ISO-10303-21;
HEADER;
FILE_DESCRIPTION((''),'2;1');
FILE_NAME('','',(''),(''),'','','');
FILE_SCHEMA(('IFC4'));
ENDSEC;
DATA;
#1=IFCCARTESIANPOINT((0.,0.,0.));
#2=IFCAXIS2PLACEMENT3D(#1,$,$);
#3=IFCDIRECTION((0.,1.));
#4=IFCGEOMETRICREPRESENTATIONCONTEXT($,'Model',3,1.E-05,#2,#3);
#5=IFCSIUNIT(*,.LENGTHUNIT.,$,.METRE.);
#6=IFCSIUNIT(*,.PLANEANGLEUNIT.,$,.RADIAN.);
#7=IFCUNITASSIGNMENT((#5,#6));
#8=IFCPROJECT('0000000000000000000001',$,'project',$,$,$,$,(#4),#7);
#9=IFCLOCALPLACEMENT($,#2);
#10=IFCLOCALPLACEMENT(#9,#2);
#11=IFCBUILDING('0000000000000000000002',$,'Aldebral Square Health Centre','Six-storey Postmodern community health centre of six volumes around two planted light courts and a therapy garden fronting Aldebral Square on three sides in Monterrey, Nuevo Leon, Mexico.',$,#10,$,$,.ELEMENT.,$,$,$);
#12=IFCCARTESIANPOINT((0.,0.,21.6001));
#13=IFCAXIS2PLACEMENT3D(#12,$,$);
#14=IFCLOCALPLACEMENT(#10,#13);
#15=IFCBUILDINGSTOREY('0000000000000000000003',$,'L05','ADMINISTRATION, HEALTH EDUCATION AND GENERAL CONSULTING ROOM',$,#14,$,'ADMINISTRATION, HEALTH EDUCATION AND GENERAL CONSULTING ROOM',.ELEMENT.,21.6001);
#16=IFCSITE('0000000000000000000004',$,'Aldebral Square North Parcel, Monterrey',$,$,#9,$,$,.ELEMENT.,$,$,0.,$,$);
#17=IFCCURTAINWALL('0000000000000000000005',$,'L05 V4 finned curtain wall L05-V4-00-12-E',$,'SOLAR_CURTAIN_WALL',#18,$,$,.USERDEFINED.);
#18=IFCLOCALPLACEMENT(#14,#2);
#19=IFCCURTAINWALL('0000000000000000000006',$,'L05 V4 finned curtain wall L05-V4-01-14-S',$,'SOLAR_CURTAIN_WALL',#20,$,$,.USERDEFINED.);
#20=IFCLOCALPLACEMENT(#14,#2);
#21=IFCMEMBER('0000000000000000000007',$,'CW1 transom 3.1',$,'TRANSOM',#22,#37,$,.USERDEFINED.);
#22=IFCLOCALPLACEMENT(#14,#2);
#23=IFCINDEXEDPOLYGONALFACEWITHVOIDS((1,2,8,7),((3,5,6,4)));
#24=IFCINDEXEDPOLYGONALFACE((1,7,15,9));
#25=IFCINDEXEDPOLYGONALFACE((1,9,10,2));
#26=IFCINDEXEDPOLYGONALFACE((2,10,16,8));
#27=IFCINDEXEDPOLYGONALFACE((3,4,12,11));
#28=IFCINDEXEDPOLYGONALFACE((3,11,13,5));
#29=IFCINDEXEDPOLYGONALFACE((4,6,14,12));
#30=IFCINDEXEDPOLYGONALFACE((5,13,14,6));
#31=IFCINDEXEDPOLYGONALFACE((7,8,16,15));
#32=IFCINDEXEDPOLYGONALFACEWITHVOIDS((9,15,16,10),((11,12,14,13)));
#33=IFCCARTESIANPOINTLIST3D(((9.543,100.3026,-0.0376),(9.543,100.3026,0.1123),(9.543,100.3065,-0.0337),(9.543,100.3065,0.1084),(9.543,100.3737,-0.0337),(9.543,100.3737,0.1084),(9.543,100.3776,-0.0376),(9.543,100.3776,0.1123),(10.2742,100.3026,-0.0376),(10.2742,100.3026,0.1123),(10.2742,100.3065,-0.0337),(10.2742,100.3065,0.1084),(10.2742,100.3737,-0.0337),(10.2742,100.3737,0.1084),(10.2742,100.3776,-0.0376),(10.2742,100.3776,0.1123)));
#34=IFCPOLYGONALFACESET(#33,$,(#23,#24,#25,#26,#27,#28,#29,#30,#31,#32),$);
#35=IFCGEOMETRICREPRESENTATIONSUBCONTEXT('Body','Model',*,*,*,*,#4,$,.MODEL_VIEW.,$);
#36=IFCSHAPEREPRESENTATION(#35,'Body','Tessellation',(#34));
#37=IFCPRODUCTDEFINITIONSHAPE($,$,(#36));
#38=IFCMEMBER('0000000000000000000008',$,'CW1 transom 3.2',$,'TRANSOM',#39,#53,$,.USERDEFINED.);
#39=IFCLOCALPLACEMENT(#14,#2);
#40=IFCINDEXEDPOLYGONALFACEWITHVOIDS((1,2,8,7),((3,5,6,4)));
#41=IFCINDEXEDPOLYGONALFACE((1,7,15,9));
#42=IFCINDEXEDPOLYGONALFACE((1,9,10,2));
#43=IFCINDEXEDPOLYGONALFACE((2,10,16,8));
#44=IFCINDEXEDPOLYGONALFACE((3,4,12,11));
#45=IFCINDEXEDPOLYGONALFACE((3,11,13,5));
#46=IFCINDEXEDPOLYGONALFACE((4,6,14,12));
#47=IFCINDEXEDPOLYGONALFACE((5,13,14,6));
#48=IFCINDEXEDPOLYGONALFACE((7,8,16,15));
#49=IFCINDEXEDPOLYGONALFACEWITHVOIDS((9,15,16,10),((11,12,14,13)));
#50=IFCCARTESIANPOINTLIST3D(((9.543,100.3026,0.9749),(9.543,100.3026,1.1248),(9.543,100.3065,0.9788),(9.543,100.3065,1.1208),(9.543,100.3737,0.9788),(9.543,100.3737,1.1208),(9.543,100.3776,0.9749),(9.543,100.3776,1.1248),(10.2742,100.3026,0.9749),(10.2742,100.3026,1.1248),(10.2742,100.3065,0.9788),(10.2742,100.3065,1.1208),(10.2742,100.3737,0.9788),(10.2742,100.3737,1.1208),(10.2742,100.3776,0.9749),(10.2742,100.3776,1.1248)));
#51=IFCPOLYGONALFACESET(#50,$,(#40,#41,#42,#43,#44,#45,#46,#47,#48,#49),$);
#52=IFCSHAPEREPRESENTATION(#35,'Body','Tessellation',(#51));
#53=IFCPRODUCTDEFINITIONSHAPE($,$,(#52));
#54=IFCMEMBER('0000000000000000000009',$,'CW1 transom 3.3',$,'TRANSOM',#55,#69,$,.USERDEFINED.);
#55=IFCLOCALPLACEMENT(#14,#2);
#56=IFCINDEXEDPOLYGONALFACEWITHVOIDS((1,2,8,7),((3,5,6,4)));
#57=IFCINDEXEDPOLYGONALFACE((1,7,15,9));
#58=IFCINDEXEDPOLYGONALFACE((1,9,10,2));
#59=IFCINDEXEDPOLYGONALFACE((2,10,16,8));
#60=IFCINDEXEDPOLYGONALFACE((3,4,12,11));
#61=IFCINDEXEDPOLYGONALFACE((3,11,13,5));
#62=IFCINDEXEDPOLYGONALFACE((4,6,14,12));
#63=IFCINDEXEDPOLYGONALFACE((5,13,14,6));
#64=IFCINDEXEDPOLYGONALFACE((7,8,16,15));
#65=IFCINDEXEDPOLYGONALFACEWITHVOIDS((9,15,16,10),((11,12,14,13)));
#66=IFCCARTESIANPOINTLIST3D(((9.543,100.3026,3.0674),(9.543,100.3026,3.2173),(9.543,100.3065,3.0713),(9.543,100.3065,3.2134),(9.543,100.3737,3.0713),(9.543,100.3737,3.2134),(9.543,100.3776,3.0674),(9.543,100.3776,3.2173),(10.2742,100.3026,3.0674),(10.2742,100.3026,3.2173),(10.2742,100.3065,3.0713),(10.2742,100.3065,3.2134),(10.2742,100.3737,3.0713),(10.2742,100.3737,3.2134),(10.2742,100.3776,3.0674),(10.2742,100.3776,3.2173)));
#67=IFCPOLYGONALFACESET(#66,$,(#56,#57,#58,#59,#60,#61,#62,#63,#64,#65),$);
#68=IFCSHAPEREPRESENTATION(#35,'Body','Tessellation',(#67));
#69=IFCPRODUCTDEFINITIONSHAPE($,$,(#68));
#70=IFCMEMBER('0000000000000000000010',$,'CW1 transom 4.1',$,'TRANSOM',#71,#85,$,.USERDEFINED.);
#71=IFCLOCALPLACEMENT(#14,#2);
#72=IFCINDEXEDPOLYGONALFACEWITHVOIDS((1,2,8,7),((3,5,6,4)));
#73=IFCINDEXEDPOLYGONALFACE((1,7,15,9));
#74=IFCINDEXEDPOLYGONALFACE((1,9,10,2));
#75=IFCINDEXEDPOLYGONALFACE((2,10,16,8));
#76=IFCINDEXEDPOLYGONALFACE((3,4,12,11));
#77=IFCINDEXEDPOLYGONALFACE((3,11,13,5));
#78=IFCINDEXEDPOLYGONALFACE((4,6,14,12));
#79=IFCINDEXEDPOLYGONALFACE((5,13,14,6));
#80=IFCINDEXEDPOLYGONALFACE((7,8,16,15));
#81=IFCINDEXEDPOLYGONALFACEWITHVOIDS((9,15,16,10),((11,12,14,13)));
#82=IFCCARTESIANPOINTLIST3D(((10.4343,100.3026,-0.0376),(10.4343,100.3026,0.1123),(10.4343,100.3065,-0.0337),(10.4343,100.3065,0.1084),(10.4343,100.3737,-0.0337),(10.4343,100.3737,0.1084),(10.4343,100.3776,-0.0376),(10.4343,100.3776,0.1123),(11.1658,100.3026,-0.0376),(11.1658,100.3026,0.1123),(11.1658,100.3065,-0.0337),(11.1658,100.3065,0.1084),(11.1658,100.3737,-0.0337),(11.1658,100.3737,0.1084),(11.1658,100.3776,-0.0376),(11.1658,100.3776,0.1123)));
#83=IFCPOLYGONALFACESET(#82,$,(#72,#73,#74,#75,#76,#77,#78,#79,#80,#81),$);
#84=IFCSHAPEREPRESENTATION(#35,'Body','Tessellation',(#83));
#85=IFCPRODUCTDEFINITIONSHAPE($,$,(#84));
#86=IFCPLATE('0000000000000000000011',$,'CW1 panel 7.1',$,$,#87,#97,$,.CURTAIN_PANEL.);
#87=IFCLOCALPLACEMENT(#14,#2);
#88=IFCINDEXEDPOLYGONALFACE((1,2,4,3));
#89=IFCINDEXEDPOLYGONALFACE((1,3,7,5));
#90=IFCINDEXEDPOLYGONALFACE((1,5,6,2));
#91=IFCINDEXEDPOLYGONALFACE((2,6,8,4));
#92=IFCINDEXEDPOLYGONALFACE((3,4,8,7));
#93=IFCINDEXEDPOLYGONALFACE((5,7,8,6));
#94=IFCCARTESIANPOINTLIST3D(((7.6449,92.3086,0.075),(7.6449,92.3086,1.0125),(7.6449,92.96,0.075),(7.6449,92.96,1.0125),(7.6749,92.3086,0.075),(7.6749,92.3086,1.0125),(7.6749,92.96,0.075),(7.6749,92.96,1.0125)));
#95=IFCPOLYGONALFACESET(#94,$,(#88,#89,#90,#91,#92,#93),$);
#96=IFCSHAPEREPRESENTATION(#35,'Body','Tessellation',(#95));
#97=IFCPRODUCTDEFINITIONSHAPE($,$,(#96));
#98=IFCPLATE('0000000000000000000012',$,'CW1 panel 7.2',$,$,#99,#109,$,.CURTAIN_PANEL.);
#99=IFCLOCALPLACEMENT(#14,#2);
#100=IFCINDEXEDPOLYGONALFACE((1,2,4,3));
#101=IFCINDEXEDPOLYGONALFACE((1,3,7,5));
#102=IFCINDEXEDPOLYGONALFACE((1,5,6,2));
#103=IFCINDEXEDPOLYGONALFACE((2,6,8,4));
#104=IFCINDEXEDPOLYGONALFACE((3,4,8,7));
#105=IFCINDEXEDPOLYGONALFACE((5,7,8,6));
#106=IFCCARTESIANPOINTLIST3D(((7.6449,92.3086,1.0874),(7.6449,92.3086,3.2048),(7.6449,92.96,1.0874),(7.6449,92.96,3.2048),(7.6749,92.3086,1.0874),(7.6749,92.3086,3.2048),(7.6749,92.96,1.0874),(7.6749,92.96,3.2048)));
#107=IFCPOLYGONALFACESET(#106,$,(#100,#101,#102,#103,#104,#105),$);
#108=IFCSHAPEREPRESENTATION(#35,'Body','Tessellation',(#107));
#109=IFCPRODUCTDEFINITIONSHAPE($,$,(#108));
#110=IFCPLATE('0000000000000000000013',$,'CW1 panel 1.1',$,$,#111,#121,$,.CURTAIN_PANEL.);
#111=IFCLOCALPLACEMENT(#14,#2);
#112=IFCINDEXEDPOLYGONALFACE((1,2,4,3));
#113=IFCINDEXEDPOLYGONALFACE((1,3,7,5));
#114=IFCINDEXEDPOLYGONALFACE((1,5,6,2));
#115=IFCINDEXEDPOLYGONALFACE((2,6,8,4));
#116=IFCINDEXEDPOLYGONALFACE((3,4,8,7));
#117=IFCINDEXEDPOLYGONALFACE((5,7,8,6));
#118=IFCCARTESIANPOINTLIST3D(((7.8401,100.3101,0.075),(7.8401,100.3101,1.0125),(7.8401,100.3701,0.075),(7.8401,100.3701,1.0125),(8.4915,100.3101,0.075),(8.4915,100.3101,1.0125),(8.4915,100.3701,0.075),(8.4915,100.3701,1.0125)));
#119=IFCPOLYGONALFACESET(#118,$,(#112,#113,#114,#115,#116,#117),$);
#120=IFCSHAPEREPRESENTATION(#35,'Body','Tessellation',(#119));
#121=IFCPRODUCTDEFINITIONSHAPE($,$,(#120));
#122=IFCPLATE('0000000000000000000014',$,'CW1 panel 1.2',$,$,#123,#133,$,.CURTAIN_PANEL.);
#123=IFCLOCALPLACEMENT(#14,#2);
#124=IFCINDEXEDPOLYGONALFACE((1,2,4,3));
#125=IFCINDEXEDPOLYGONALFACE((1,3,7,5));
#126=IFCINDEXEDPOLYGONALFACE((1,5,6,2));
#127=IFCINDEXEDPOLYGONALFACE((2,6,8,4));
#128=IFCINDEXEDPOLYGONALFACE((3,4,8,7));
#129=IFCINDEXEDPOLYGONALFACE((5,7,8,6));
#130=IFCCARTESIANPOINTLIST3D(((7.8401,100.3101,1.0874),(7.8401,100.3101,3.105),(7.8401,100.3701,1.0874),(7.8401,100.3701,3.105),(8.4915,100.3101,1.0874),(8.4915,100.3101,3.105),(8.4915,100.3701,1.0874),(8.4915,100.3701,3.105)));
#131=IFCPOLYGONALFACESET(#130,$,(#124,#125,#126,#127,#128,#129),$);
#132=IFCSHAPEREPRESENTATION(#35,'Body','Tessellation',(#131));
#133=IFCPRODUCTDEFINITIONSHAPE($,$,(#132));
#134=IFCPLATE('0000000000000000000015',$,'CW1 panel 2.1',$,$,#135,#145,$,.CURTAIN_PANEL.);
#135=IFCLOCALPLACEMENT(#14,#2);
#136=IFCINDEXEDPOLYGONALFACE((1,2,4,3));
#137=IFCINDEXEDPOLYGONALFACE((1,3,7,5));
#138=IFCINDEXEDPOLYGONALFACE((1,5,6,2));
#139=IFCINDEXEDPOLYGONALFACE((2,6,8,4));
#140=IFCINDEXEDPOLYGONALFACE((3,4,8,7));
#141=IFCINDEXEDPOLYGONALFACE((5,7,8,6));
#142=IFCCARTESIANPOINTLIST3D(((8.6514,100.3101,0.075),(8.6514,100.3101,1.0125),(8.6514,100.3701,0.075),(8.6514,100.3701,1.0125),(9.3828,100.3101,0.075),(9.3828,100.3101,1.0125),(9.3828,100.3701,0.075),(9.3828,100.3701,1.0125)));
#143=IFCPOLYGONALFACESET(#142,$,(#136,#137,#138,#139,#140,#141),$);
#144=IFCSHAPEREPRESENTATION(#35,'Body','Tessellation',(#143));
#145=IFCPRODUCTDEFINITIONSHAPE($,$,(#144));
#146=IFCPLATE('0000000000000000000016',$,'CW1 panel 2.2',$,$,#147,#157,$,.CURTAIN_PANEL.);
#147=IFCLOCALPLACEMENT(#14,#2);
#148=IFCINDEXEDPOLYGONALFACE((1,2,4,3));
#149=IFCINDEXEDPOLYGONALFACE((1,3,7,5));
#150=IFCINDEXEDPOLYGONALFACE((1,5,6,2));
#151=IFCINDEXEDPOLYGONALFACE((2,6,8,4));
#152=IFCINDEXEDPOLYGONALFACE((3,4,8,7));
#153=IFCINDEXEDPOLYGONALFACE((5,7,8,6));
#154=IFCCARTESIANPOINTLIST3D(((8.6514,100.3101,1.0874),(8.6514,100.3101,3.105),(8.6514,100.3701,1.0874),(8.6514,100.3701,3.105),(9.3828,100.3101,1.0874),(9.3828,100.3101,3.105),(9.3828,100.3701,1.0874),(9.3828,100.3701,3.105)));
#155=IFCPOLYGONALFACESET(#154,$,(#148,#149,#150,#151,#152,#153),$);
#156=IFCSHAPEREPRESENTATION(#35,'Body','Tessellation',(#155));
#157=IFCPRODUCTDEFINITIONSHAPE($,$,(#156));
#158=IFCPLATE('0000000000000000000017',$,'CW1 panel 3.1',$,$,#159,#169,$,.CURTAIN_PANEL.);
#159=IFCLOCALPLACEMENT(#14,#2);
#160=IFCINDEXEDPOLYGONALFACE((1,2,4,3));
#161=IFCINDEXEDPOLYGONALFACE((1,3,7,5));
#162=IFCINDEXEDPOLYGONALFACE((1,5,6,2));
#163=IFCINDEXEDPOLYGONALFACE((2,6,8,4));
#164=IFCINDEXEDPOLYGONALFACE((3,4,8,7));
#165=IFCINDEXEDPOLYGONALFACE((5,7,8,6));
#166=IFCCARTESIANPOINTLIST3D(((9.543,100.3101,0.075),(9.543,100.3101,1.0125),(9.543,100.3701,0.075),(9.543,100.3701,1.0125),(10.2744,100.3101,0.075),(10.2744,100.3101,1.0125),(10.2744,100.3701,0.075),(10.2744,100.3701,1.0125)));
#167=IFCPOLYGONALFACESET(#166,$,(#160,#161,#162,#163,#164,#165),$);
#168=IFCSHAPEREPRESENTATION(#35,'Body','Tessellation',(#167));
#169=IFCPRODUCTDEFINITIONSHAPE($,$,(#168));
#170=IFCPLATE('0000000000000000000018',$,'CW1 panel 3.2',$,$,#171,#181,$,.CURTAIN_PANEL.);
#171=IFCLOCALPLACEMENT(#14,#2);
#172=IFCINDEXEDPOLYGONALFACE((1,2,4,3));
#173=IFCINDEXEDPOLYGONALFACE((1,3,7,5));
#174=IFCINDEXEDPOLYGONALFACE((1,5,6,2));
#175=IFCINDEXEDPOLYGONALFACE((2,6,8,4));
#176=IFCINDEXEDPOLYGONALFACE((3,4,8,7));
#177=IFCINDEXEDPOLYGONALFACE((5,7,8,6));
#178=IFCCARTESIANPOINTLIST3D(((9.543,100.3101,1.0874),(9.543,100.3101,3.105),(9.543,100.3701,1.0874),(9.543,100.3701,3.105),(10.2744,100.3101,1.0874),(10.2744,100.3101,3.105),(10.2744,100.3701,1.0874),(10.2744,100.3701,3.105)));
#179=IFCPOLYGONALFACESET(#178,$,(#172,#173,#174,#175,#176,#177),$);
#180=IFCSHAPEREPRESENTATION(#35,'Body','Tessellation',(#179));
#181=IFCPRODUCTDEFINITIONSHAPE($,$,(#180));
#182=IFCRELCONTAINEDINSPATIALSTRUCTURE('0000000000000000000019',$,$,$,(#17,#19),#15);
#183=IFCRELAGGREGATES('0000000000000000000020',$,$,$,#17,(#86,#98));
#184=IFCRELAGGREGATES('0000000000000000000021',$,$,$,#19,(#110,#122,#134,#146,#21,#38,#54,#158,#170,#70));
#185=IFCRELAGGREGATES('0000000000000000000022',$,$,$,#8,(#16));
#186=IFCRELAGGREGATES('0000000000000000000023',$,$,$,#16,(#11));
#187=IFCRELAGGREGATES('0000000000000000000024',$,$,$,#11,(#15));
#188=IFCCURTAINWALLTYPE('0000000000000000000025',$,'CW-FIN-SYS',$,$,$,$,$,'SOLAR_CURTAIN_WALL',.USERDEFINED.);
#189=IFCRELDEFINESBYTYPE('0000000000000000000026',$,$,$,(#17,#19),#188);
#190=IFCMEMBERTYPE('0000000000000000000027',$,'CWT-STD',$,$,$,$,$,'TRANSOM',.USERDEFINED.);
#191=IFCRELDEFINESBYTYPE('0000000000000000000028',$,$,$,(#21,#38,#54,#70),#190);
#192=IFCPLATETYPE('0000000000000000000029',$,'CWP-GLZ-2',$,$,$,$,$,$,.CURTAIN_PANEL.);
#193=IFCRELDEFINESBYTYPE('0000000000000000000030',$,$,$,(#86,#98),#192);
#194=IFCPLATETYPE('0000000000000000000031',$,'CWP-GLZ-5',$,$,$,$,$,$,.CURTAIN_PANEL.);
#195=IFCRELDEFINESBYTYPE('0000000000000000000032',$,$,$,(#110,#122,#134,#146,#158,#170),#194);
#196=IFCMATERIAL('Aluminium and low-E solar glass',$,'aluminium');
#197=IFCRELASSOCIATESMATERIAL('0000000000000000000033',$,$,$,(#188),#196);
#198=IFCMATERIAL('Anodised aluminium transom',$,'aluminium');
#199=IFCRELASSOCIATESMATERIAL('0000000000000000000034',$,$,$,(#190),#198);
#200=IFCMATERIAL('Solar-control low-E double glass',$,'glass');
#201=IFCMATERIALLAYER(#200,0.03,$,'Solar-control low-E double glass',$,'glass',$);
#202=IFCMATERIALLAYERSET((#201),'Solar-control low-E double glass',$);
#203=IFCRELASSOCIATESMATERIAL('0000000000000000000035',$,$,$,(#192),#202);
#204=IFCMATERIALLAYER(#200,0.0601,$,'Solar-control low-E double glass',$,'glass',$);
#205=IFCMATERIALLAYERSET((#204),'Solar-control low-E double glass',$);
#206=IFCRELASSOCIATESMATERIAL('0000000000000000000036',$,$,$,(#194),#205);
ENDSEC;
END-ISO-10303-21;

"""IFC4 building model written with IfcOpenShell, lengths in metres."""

from ifc_helpers import new_model, si_unit, direction, frame, origin, origin_2d, place, context, subcontext, project, spatial, rectangle, hollow_rectangle, extrude, material, layer, layer_set, material_profile, profile_set, type_object, element, aggregate, save


model = new_model("IFC4")

# Units and contexts
model_context = context("Model", 3, precision=1e-05, world=origin(), true_north=direction((0.0, 1.0)))
body_context = subcontext(model_context, "Body", "Model", "MODEL_VIEW")
ifc_project = project(units=[si_unit("LENGTHUNIT", "METRE"), si_unit("PLANEANGLEUNIT", "RADIAN")], contexts=[model_context])

# Site, building, storey
site_placement = place(None, origin())
site = spatial("IfcSite", under=ifc_project, at=site_placement, Name="Aldebral Square North Parcel, Monterrey", CompositionType="ELEMENT", RefElevation=0.0)
building_placement = place(site_placement, origin())
building = spatial("IfcBuilding", under=site, at=building_placement, Name="Aldebral Square Health Centre", Description="Six-storey Postmodern community health centre of six volumes around two planted light courts and a therapy garden fronting Aldebral Square on three sides in Monterrey, Nuevo Leon, Mexico.", CompositionType="ELEMENT")
storey_placement = place(building_placement, frame((0.0, 0.0, 21.6001)))
storey = spatial("IfcBuildingStorey", under=building, at=storey_placement, Name="L05", Description="ADMINISTRATION, HEALTH EDUCATION AND GENERAL CONSULTING ROOM", LongName="ADMINISTRATION, HEALTH EDUCATION AND GENERAL CONSULTING ROOM", CompositionType="ELEMENT", Elevation=21.6001)

# Curtain wall
ifc_material_1 = material(Name="Aluminium and low-E solar glass", Category="aluminium")
curtain_wall_type = type_object("IfcCurtainWallType", Name="CW-FIN-SYS", ElementType="SOLAR_CURTAIN_WALL", PredefinedType="USERDEFINED", material=ifc_material_1)
curtain_wall_1_placement = place(storey_placement, origin())
curtain_wall_1 = element("IfcCurtainWall", 1, at=curtain_wall_1_placement, inside=storey, type_object=curtain_wall_type, Name="L05 V4 finned curtain wall L05-V4-00-12-E", ObjectType="SOLAR_CURTAIN_WALL", PredefinedType="USERDEFINED")

# Curtain wall, members
curtain_wall_2_placement = place(storey_placement, origin())
curtain_wall_2 = element("IfcCurtainWall", 2, at=curtain_wall_2_placement, inside=storey, type_object=curtain_wall_type, Name="L05 V4 finned curtain wall L05-V4-01-14-S", ObjectType="SOLAR_CURTAIN_WALL", PredefinedType="USERDEFINED")
ifc_material_2 = material(Name="Anodised aluminium transom", Category="aluminium")
ifc_material_profile_1 = material_profile(ifc_material_2, hollow_rectangle(XDim=0.075, YDim=0.1499, WallThickness=0.0039, at=origin_2d()), Name="CWT 75x150x4")
ifc_profile_set_1 = profile_set([ifc_material_profile_1], Name="Anodised aluminium transom")
member_type_1 = type_object("IfcMemberType", Name="CWT-STD", ElementType="TRANSOM", PredefinedType="USERDEFINED", material=ifc_profile_set_1)
member_1_placement = place(storey_placement, frame((9.543, 100.3401, 0.0374), z_axis=(1.0, 0.0, 0.0), x_axis=(0.0, 1.0, 0.0)))
member_1 = element("IfcMember", 3, at=member_1_placement, type_object=member_type_1, Name="CW1 transom 3.1", ObjectType="TRANSOM", PredefinedType="USERDEFINED", context=body_context, shape_type="SweptSolid", body=[
    extrude(hollow_rectangle(XDim=0.075, YDim=0.1499, WallThickness=0.0039, at=origin_2d()), origin(), (0.0, 0.0, 1.0), 0.7312),
])
member_2_placement = place(storey_placement, frame((9.543, 100.3401, 1.0498), z_axis=(1.0, 0.0, 0.0), x_axis=(0.0, 1.0, 0.0)))
member_2 = element("IfcMember", 4, at=member_2_placement, type_object=member_type_1, Name="CW1 transom 3.2", ObjectType="TRANSOM", PredefinedType="USERDEFINED", context=body_context, shape_type="SweptSolid", body=[
    extrude(hollow_rectangle(XDim=0.075, YDim=0.1499, WallThickness=0.0039, at=origin_2d()), origin(), (0.0, 0.0, 1.0), 0.7312),
])
member_3_placement = place(storey_placement, frame((9.543, 100.3401, 3.1423), z_axis=(1.0, 0.0, 0.0), x_axis=(0.0, 1.0, 0.0)))
member_3 = element("IfcMember", 5, at=member_3_placement, type_object=member_type_1, Name="CW1 transom 3.3", ObjectType="TRANSOM", PredefinedType="USERDEFINED", context=body_context, shape_type="SweptSolid", body=[
    extrude(hollow_rectangle(XDim=0.075, YDim=0.1499, WallThickness=0.0039, at=origin_2d()), origin(), (0.0, 0.0, 1.0), 0.7312),
])
member_4_placement = place(storey_placement, frame((10.4343, 100.3401, 0.0374), z_axis=(1.0, 0.0, 0.0), x_axis=(0.0, 1.0, 0.0)))
member_4 = element("IfcMember", 6, at=member_4_placement, type_object=member_type_1, Name="CW1 transom 4.1", ObjectType="TRANSOM", PredefinedType="USERDEFINED", context=body_context, shape_type="SweptSolid", body=[
    extrude(hollow_rectangle(XDim=0.075, YDim=0.1499, WallThickness=0.0039, at=origin_2d()), origin(), (0.0, 0.0, 1.0), 0.7314),
])

# Plates
ifc_material_3 = material(Name="Solar-control low-E double glass", Category="glass")
ifc_layer_1 = layer(ifc_material_3, 0.03, Name="Solar-control low-E double glass", Category="glass")
ifc_layer_set_1 = layer_set([ifc_layer_1], Name="Solar-control low-E double glass")
plate_type_1 = type_object("IfcPlateType", Name="CWP-GLZ-2", PredefinedType="CURTAIN_PANEL", material=ifc_layer_set_1)
plate_1_placement = place(storey_placement, frame((7.6599, 92.6343, 0.075), z_axis=(0.0, 0.0, 1.0), x_axis=(0.0, 1.0, 0.0)))
plate_1 = element("IfcPlate", 7, at=plate_1_placement, type_object=plate_type_1, Name="CW1 panel 7.1", PredefinedType="CURTAIN_PANEL", context=body_context, shape_type="SweptSolid", body=[
    extrude(rectangle(XDim=0.6514, YDim=0.03, at=origin_2d()), origin(), (0.0, 0.0, 1.0), 0.9375),
])
plate_2_placement = place(storey_placement, frame((7.6599, 92.6343, 1.0874), z_axis=(0.0, 0.0, 1.0), x_axis=(0.0, 1.0, 0.0)))
plate_2 = element("IfcPlate", 8, at=plate_2_placement, type_object=plate_type_1, Name="CW1 panel 7.2", PredefinedType="CURTAIN_PANEL", context=body_context, shape_type="SweptSolid", body=[
    extrude(rectangle(XDim=0.6514, YDim=0.03, at=origin_2d()), origin(), (0.0, 0.0, 1.0), 2.1174),
])
aggregate(curtain_wall_1, [plate_1, plate_2])
ifc_layer_2 = layer(ifc_material_3, 0.0601, Name="Solar-control low-E double glass", Category="glass")
ifc_layer_set_2 = layer_set([ifc_layer_2], Name="Solar-control low-E double glass")
plate_type_2 = type_object("IfcPlateType", Name="CWP-GLZ-5", PredefinedType="CURTAIN_PANEL", material=ifc_layer_set_2)
plate_3_placement = place(storey_placement, frame((8.1658, 100.3401, 0.075), z_axis=(0.0, 0.0, 1.0), x_axis=(1.0, 0.0, 0.0)))
plate_3 = element("IfcPlate", 9, at=plate_3_placement, type_object=plate_type_2, Name="CW1 panel 1.1", PredefinedType="CURTAIN_PANEL", context=body_context, shape_type="SweptSolid", body=[
    extrude(rectangle(XDim=0.6514, YDim=0.0601, at=origin_2d()), origin(), (0.0, 0.0, 1.0), 0.9375),
])
plate_4_placement = place(storey_placement, frame((8.1658, 100.3401, 1.0874), z_axis=(0.0, 0.0, 1.0), x_axis=(1.0, 0.0, 0.0)))
plate_4 = element("IfcPlate", 10, at=plate_4_placement, type_object=plate_type_2, Name="CW1 panel 1.2", PredefinedType="CURTAIN_PANEL", context=body_context, shape_type="SweptSolid", body=[
    extrude(rectangle(XDim=0.6514, YDim=0.0601, at=origin_2d()), origin(), (0.0, 0.0, 1.0), 2.0176),
])
plate_5_placement = place(storey_placement, frame((9.0171, 100.3401, 0.075), z_axis=(0.0, 0.0, 1.0), x_axis=(1.0, 0.0, 0.0)))
plate_5 = element("IfcPlate", 11, at=plate_5_placement, type_object=plate_type_2, Name="CW1 panel 2.1", PredefinedType="CURTAIN_PANEL", context=body_context, shape_type="SweptSolid", body=[
    extrude(rectangle(XDim=0.7314, YDim=0.0601, at=origin_2d()), origin(), (0.0, 0.0, 1.0), 0.9375),
])
plate_6_placement = place(storey_placement, frame((9.0171, 100.3401, 1.0874), z_axis=(0.0, 0.0, 1.0), x_axis=(1.0, 0.0, 0.0)))
plate_6 = element("IfcPlate", 12, at=plate_6_placement, type_object=plate_type_2, Name="CW1 panel 2.2", PredefinedType="CURTAIN_PANEL", context=body_context, shape_type="SweptSolid", body=[
    extrude(rectangle(XDim=0.7314, YDim=0.0601, at=origin_2d()), origin(), (0.0, 0.0, 1.0), 2.0176),
])
plate_7_placement = place(storey_placement, frame((9.9087, 100.3401, 0.075), z_axis=(0.0, 0.0, 1.0), x_axis=(1.0, 0.0, 0.0)))
plate_7 = element("IfcPlate", 13, at=plate_7_placement, type_object=plate_type_2, Name="CW1 panel 3.1", PredefinedType="CURTAIN_PANEL", context=body_context, shape_type="SweptSolid", body=[
    extrude(rectangle(XDim=0.7314, YDim=0.0601, at=origin_2d()), origin(), (0.0, 0.0, 1.0), 0.9375),
])
plate_8_placement = place(storey_placement, frame((9.9087, 100.3401, 1.0874), z_axis=(0.0, 0.0, 1.0), x_axis=(1.0, 0.0, 0.0)))
plate_8 = element("IfcPlate", 14, at=plate_8_placement, type_object=plate_type_2, Name="CW1 panel 3.2", PredefinedType="CURTAIN_PANEL", context=body_context, shape_type="SweptSolid", body=[
    extrude(rectangle(XDim=0.7314, YDim=0.0601, at=origin_2d()), origin(), (0.0, 0.0, 1.0), 2.0176),
])
aggregate(curtain_wall_2, [plate_3, plate_4, plate_5, plate_6, member_1, member_2, member_3, plate_7, plate_8, member_4])

save(model, "model.ifc")
